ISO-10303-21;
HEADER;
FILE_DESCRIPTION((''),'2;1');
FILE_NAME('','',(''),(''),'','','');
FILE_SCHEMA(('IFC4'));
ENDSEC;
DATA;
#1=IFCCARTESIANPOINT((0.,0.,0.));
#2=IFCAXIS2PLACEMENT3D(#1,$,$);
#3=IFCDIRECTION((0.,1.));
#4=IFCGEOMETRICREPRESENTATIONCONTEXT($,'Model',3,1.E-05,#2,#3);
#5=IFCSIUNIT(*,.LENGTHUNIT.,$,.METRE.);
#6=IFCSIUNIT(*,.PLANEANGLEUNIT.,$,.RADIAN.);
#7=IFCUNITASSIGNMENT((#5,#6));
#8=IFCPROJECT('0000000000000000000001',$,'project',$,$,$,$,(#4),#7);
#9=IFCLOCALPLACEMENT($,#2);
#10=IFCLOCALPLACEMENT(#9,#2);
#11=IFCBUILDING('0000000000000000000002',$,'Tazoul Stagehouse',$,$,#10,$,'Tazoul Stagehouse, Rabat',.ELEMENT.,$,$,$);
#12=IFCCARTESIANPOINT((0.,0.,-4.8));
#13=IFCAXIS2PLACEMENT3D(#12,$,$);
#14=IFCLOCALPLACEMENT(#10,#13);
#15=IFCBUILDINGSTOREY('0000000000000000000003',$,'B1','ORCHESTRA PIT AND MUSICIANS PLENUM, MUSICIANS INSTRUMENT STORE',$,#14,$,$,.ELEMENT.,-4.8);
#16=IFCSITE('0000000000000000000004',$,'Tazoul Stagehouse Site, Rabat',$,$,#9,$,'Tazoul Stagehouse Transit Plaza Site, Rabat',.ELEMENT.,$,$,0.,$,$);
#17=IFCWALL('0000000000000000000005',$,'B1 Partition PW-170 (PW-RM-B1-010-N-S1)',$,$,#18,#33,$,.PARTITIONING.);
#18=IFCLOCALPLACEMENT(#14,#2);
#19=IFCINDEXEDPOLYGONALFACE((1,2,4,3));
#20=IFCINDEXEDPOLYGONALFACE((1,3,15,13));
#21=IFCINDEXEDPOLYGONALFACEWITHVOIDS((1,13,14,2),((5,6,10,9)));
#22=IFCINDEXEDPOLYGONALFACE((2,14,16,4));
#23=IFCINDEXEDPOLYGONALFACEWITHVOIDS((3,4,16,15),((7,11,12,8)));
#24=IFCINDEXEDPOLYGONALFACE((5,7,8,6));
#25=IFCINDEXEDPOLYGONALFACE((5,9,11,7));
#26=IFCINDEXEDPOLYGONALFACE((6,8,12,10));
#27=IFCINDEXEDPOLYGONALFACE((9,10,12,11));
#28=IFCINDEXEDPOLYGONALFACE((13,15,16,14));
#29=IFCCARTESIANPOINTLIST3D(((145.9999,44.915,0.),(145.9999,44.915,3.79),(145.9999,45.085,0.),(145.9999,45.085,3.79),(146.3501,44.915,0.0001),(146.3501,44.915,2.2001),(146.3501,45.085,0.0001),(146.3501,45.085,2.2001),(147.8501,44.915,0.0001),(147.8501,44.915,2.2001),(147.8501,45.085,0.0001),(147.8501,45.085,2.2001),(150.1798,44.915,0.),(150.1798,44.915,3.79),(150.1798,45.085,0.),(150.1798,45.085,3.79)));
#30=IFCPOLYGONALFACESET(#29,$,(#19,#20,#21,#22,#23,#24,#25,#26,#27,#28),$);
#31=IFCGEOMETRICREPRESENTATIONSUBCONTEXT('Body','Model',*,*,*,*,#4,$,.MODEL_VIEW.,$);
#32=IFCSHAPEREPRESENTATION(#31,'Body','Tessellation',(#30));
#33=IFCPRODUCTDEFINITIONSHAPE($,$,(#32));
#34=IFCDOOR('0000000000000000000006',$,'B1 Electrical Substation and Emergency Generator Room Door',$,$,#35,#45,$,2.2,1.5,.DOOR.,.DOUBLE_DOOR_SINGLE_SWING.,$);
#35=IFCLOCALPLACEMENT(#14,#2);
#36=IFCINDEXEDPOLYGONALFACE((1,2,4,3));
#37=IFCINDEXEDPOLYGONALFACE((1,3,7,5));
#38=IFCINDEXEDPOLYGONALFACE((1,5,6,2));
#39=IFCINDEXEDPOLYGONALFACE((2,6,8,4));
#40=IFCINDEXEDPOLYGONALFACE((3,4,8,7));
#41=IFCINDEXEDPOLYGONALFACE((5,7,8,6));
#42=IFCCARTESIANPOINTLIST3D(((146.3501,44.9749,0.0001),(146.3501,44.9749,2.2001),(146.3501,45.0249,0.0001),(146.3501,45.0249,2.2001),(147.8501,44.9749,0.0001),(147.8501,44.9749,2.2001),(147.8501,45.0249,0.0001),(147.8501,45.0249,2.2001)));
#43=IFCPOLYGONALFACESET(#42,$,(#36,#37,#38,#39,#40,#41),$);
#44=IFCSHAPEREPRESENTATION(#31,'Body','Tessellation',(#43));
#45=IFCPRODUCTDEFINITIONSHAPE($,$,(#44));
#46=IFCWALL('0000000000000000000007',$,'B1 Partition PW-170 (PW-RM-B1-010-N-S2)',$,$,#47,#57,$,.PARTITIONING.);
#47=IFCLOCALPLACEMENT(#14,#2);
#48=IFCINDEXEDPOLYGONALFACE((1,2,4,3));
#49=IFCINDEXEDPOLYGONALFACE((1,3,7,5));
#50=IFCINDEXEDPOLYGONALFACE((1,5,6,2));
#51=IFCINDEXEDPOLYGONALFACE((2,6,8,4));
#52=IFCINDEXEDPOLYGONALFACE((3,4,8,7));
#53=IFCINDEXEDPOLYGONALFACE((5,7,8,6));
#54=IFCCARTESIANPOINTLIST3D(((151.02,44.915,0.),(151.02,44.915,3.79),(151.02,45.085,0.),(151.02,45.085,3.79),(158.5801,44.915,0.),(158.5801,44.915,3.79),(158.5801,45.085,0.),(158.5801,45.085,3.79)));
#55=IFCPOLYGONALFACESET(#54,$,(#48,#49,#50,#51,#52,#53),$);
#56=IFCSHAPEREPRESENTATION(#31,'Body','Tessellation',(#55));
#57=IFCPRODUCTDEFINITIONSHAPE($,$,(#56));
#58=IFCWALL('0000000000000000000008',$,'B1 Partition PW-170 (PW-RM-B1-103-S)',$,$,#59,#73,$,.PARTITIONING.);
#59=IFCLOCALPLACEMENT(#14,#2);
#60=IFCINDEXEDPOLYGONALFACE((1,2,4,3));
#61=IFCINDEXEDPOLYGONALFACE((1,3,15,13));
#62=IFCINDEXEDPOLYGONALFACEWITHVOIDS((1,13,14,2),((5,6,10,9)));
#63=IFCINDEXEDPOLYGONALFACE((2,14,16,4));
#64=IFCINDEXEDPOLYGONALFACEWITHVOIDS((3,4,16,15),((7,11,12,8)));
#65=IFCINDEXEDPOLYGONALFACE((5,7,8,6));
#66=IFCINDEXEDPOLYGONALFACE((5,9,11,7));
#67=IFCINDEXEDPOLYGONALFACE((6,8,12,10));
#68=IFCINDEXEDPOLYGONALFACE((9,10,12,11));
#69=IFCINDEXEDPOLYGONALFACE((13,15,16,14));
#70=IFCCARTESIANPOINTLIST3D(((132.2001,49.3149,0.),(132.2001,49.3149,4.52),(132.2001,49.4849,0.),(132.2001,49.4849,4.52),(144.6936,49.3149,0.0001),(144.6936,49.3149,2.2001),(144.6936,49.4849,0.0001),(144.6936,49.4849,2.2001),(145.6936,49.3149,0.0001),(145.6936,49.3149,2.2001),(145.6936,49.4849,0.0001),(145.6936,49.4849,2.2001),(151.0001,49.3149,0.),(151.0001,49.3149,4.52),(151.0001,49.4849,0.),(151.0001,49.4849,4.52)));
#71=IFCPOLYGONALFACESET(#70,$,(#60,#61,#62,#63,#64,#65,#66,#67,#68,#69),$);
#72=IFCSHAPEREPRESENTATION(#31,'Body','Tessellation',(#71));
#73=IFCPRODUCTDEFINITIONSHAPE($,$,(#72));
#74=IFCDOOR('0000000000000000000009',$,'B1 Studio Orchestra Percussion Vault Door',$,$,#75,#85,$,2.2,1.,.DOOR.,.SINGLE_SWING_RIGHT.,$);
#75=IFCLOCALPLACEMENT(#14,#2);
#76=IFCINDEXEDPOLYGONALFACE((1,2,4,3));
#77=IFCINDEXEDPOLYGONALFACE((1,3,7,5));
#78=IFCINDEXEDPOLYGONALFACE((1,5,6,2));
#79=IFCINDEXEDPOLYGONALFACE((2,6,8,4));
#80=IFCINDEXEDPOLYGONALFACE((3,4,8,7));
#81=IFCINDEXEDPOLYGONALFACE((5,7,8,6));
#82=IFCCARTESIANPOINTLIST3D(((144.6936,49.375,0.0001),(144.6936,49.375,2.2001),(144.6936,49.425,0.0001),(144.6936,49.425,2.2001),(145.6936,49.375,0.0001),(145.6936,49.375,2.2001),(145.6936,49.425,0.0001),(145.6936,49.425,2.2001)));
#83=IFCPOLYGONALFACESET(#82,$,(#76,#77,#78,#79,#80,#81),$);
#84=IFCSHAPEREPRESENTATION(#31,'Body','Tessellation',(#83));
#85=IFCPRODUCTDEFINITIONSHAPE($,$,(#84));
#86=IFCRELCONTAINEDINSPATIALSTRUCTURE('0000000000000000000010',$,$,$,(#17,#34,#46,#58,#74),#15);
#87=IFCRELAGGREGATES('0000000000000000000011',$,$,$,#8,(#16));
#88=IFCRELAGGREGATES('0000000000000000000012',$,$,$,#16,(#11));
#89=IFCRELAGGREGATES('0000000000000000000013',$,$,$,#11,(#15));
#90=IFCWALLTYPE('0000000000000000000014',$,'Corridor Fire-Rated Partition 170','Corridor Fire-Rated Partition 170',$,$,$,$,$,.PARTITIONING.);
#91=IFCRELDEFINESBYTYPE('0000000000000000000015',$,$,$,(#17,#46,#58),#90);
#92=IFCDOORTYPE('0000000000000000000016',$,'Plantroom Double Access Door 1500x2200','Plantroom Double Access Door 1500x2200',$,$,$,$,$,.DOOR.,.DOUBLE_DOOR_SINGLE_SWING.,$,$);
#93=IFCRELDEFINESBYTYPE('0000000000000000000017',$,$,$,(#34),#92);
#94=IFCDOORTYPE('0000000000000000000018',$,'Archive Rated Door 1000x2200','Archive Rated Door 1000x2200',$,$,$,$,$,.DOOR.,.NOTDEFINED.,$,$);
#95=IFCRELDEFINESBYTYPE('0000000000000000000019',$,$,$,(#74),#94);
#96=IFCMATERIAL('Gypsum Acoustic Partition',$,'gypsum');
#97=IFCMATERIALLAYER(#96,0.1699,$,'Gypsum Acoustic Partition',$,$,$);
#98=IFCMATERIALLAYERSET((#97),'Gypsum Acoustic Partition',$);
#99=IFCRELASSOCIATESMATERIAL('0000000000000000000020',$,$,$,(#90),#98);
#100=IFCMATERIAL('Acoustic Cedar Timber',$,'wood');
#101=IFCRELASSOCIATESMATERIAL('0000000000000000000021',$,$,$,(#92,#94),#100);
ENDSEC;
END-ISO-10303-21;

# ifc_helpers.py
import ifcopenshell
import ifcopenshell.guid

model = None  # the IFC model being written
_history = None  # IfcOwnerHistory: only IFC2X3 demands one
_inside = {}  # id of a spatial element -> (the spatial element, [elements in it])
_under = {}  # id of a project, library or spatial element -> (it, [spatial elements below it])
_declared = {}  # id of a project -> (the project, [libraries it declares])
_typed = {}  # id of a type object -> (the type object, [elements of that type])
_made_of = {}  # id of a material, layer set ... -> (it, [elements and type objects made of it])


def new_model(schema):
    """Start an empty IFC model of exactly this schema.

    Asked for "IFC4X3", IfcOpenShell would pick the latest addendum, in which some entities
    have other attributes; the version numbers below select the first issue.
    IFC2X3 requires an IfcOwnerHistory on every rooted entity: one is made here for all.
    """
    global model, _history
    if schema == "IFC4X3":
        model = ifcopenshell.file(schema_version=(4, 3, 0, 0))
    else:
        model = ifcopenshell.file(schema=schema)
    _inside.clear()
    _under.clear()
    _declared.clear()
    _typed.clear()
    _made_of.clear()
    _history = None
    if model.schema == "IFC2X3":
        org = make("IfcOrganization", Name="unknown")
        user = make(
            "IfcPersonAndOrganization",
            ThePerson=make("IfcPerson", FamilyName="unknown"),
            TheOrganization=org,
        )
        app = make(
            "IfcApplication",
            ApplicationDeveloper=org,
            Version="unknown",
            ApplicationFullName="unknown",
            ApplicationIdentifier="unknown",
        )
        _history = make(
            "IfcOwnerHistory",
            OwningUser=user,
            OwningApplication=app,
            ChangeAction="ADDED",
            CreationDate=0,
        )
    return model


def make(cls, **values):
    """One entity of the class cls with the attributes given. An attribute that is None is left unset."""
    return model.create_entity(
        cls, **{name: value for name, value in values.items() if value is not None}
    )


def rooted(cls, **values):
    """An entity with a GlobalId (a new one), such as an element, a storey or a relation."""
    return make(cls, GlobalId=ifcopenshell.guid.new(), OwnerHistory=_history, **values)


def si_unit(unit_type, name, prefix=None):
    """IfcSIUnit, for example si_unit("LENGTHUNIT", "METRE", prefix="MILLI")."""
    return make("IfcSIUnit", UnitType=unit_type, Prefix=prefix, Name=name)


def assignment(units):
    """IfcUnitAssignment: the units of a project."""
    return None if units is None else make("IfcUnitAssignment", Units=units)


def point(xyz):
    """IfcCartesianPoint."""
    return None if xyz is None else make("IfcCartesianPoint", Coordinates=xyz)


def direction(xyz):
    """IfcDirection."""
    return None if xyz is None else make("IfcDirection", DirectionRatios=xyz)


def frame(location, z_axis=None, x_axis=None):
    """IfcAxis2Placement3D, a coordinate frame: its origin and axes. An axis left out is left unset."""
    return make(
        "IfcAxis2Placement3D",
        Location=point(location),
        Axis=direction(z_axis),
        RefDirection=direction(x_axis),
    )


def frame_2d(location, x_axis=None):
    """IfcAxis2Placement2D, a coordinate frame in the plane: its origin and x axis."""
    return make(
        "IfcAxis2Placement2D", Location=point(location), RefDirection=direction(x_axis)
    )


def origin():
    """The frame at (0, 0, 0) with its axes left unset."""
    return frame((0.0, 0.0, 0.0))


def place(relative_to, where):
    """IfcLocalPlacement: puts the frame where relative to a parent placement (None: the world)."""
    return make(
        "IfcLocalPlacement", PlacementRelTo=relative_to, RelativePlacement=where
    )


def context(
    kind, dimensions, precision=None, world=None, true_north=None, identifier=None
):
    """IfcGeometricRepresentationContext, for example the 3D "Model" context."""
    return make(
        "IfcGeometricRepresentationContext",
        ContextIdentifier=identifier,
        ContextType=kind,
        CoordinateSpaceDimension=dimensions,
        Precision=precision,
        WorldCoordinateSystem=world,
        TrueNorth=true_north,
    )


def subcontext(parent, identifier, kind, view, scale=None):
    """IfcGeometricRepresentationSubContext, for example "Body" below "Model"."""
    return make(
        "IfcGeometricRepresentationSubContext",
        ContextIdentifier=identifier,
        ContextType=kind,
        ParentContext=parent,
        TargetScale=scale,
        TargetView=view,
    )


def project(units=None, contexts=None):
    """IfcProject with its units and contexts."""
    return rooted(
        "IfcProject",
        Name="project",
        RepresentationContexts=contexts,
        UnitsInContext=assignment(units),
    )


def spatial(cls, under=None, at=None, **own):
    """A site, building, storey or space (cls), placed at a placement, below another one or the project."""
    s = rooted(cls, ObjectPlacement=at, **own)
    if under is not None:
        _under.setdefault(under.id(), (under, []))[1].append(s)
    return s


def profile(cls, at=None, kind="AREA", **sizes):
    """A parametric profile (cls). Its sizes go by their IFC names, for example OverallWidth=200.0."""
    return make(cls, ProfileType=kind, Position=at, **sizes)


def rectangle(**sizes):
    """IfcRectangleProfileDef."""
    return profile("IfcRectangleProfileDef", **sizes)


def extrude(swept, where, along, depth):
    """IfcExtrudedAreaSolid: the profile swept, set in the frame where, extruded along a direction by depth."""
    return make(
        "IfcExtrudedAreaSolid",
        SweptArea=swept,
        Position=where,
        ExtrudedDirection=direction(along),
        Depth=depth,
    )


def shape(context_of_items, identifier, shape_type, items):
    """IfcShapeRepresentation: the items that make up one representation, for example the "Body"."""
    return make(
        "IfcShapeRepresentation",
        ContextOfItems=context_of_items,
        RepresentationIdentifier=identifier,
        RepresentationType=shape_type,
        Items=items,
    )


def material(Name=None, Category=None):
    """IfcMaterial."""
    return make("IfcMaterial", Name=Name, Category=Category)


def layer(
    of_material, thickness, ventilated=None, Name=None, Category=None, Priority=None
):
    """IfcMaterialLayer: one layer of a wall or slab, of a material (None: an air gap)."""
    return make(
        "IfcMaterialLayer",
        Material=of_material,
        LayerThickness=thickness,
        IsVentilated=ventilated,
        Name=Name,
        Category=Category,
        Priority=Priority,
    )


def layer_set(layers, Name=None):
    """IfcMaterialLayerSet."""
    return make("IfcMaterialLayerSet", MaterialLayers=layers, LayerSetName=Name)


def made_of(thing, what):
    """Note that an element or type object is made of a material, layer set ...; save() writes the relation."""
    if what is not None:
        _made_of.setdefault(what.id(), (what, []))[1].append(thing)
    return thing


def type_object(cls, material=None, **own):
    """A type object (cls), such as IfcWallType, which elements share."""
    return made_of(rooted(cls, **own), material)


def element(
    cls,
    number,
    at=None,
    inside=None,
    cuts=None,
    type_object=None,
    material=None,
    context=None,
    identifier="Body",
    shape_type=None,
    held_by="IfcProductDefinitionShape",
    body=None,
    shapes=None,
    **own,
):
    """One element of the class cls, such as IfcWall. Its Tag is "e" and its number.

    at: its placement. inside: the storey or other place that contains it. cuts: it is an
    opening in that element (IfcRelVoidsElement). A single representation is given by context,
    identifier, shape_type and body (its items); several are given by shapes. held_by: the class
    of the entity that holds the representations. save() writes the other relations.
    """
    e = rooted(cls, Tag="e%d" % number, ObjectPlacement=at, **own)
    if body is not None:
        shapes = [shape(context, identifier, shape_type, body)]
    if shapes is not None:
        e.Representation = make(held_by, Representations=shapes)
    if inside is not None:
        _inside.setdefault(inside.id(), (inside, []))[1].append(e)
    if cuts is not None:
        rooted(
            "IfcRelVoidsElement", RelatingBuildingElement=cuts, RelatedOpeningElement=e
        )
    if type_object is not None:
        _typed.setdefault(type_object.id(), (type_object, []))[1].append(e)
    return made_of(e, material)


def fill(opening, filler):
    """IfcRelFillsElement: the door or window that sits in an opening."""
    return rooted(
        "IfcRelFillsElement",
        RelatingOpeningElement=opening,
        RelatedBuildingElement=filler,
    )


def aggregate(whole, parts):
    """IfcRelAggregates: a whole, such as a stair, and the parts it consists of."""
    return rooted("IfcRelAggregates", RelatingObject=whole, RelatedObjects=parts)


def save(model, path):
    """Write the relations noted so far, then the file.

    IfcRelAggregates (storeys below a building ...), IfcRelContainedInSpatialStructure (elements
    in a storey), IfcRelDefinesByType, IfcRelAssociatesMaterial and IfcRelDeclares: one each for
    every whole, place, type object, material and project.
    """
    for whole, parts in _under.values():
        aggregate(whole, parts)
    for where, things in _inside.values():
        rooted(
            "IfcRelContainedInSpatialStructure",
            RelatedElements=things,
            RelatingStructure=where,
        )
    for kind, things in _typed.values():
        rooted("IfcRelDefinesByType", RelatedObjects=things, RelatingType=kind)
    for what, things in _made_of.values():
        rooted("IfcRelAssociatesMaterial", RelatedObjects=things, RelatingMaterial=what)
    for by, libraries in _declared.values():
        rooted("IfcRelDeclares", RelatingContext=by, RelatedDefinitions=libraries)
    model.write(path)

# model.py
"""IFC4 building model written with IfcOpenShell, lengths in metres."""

from ifc_helpers import new_model, si_unit, direction, frame, frame_2d, origin, place, context, subcontext, project, spatial, rectangle, extrude, material, layer, layer_set, type_object, element, fill, save


model = new_model("IFC4")

# Units and contexts
model_context = context("Model", 3, precision=1e-05, world=origin(), true_north=direction((0.0, 1.0)))
body_context = subcontext(model_context, "Body", "Model", "MODEL_VIEW")
ifc_project = project(units=[si_unit("LENGTHUNIT", "METRE"), si_unit("PLANEANGLEUNIT", "RADIAN")], contexts=[model_context])

# Site, building, storey
site_placement = place(None, origin())
site = spatial("IfcSite", under=ifc_project, at=site_placement, Name="Tazoul Stagehouse Site, Rabat", LongName="Tazoul Stagehouse Transit Plaza Site, Rabat", CompositionType="ELEMENT", RefElevation=0.0)
building_placement = place(site_placement, origin())
building = spatial("IfcBuilding", under=site, at=building_placement, Name="Tazoul Stagehouse", LongName="Tazoul Stagehouse, Rabat", CompositionType="ELEMENT")
storey_placement = place(building_placement, frame((0.0, 0.0, -4.8)))
storey = spatial("IfcBuildingStorey", under=building, at=storey_placement, Name="B1", Description="ORCHESTRA PIT AND MUSICIANS PLENUM, MUSICIANS INSTRUMENT STORE", CompositionType="ELEMENT", Elevation=-4.8)

# Wall, opening, door
ifc_material_1 = material(Name="Gypsum Acoustic Partition", Category="gypsum")
ifc_layer_1 = layer(ifc_material_1, 0.1699, Name="Gypsum Acoustic Partition")
ifc_layer_set_1 = layer_set([ifc_layer_1], Name="Gypsum Acoustic Partition")
wall_type_1 = type_object("IfcWallType", Name="Corridor Fire-Rated Partition 170", Description="Corridor Fire-Rated Partition 170", PredefinedType="PARTITIONING", material=ifc_layer_set_1)
wall_1_placement = place(storey_placement, frame((146.0, 45.0, 0.0), z_axis=(0.0, 0.0, 1.0), x_axis=(1.0, 0.0, 0.0)))
wall_1 = element("IfcWall", 1, at=wall_1_placement, inside=storey, type_object=wall_type_1, Name="B1 Partition PW-170 (PW-RM-B1-010-N-S1)", PredefinedType="PARTITIONING", context=body_context, shape_type="SweptSolid", body=[
    extrude(rectangle(XDim=4.1799, YDim=0.1699, at=frame_2d((2.0898, 0.0))), origin(), (0.0, 0.0, 1.0), 3.79),
])
opening_1_placement = place(wall_1_placement, frame((0.3501, 0.0, 0.0)))
opening_1 = element("IfcOpeningElement", 2, at=opening_1_placement, cuts=wall_1, PredefinedType="OPENING", context=body_context, shape_type="SweptSolid", body=[
    extrude(rectangle(XDim=1.5, YDim=2.2, at=frame_2d((0.75, 1.1001))), frame((0.0, 0.105, 0.0), z_axis=(0.0, -1.0, 0.0), x_axis=(1.0, 0.0, 0.0)), (0.0, 0.0, 1.0), 0.21),
])
ifc_material_2 = material(Name="Acoustic Cedar Timber", Category="wood")
door_type_1 = type_object("IfcDoorType", Name="Plantroom Double Access Door 1500x2200", Description="Plantroom Double Access Door 1500x2200", OperationType="DOUBLE_DOOR_SINGLE_SWING", PredefinedType="DOOR", material=ifc_material_2)
door_1_placement = place(opening_1_placement, origin())
door_1 = element("IfcDoor", 3, at=door_1_placement, inside=storey, type_object=door_type_1, Name="B1 Electrical Substation and Emergency Generator Room Door", OperationType="DOUBLE_DOOR_SINGLE_SWING", OverallHeight=2.2, OverallWidth=1.5, PredefinedType="DOOR", context=body_context, shape_type="SweptSolid", body=[
    extrude(rectangle(XDim=1.5, YDim=2.2, at=frame_2d((0.75, 1.1001))), frame((0.0, 0.0249, 0.0), z_axis=(0.0, -1.0, 0.0), x_axis=(1.0, 0.0, 0.0)), (0.0, 0.0, 1.0), 0.05),
])
fill(opening_1, door_1)

# Wall
wall_2_placement = place(storey_placement, frame((151.02, 45.0, 0.0), z_axis=(0.0, 0.0, 1.0), x_axis=(1.0, 0.0, 0.0)))
element("IfcWall", 4, at=wall_2_placement, inside=storey, type_object=wall_type_1, Name="B1 Partition PW-170 (PW-RM-B1-010-N-S2)", PredefinedType="PARTITIONING", context=body_context, shape_type="SweptSolid", body=[
    extrude(rectangle(XDim=7.5601, YDim=0.1699, at=frame_2d((3.78, 0.0))), origin(), (0.0, 0.0, 1.0), 3.79),
])

# Wall, opening, door
wall_3_placement = place(storey_placement, frame((151.0, 49.3999, 0.0), z_axis=(0.0, 0.0, 1.0), x_axis=(-1.0, 0.0, 0.0)))
wall_3 = element("IfcWall", 5, at=wall_3_placement, inside=storey, type_object=wall_type_1, Name="B1 Partition PW-170 (PW-RM-B1-103-S)", PredefinedType="PARTITIONING", context=body_context, shape_type="SweptSolid", body=[
    extrude(rectangle(XDim=18.8, YDim=0.1699, at=frame_2d((9.3999, 0.0))), origin(), (0.0, 0.0, 1.0), 4.52),
])
opening_2_placement = place(wall_3_placement, frame((5.3064, 0.0, 0.0)))
opening_2 = element("IfcOpeningElement", 6, at=opening_2_placement, cuts=wall_3, PredefinedType="OPENING", context=body_context, shape_type="SweptSolid", body=[
    extrude(rectangle(XDim=1.0, YDim=2.2, at=frame_2d((0.5, 1.1001))), frame((0.0, 0.105, 0.0), z_axis=(0.0, -1.0, 0.0), x_axis=(1.0, 0.0, 0.0)), (0.0, 0.0, 1.0), 0.21),
])
door_type_2 = type_object("IfcDoorType", Name="Archive Rated Door 1000x2200", Description="Archive Rated Door 1000x2200", OperationType="NOTDEFINED", PredefinedType="DOOR", material=ifc_material_2)
door_2_placement = place(opening_2_placement, origin())
door_2 = element("IfcDoor", 7, at=door_2_placement, inside=storey, type_object=door_type_2, Name="B1 Studio Orchestra Percussion Vault Door", OperationType="SINGLE_SWING_RIGHT", OverallHeight=2.2, OverallWidth=1.0, PredefinedType="DOOR", context=body_context, shape_type="SweptSolid", body=[
    extrude(rectangle(XDim=1.0, YDim=2.2, at=frame_2d((0.5, 1.1001))), frame((0.0, 0.0249, 0.0), z_axis=(0.0, -1.0, 0.0), x_axis=(1.0, 0.0, 0.0)), (0.0, 0.0, 1.0), 0.05),
])
fill(opening_2, door_2)

save(model, "model.ifc")
